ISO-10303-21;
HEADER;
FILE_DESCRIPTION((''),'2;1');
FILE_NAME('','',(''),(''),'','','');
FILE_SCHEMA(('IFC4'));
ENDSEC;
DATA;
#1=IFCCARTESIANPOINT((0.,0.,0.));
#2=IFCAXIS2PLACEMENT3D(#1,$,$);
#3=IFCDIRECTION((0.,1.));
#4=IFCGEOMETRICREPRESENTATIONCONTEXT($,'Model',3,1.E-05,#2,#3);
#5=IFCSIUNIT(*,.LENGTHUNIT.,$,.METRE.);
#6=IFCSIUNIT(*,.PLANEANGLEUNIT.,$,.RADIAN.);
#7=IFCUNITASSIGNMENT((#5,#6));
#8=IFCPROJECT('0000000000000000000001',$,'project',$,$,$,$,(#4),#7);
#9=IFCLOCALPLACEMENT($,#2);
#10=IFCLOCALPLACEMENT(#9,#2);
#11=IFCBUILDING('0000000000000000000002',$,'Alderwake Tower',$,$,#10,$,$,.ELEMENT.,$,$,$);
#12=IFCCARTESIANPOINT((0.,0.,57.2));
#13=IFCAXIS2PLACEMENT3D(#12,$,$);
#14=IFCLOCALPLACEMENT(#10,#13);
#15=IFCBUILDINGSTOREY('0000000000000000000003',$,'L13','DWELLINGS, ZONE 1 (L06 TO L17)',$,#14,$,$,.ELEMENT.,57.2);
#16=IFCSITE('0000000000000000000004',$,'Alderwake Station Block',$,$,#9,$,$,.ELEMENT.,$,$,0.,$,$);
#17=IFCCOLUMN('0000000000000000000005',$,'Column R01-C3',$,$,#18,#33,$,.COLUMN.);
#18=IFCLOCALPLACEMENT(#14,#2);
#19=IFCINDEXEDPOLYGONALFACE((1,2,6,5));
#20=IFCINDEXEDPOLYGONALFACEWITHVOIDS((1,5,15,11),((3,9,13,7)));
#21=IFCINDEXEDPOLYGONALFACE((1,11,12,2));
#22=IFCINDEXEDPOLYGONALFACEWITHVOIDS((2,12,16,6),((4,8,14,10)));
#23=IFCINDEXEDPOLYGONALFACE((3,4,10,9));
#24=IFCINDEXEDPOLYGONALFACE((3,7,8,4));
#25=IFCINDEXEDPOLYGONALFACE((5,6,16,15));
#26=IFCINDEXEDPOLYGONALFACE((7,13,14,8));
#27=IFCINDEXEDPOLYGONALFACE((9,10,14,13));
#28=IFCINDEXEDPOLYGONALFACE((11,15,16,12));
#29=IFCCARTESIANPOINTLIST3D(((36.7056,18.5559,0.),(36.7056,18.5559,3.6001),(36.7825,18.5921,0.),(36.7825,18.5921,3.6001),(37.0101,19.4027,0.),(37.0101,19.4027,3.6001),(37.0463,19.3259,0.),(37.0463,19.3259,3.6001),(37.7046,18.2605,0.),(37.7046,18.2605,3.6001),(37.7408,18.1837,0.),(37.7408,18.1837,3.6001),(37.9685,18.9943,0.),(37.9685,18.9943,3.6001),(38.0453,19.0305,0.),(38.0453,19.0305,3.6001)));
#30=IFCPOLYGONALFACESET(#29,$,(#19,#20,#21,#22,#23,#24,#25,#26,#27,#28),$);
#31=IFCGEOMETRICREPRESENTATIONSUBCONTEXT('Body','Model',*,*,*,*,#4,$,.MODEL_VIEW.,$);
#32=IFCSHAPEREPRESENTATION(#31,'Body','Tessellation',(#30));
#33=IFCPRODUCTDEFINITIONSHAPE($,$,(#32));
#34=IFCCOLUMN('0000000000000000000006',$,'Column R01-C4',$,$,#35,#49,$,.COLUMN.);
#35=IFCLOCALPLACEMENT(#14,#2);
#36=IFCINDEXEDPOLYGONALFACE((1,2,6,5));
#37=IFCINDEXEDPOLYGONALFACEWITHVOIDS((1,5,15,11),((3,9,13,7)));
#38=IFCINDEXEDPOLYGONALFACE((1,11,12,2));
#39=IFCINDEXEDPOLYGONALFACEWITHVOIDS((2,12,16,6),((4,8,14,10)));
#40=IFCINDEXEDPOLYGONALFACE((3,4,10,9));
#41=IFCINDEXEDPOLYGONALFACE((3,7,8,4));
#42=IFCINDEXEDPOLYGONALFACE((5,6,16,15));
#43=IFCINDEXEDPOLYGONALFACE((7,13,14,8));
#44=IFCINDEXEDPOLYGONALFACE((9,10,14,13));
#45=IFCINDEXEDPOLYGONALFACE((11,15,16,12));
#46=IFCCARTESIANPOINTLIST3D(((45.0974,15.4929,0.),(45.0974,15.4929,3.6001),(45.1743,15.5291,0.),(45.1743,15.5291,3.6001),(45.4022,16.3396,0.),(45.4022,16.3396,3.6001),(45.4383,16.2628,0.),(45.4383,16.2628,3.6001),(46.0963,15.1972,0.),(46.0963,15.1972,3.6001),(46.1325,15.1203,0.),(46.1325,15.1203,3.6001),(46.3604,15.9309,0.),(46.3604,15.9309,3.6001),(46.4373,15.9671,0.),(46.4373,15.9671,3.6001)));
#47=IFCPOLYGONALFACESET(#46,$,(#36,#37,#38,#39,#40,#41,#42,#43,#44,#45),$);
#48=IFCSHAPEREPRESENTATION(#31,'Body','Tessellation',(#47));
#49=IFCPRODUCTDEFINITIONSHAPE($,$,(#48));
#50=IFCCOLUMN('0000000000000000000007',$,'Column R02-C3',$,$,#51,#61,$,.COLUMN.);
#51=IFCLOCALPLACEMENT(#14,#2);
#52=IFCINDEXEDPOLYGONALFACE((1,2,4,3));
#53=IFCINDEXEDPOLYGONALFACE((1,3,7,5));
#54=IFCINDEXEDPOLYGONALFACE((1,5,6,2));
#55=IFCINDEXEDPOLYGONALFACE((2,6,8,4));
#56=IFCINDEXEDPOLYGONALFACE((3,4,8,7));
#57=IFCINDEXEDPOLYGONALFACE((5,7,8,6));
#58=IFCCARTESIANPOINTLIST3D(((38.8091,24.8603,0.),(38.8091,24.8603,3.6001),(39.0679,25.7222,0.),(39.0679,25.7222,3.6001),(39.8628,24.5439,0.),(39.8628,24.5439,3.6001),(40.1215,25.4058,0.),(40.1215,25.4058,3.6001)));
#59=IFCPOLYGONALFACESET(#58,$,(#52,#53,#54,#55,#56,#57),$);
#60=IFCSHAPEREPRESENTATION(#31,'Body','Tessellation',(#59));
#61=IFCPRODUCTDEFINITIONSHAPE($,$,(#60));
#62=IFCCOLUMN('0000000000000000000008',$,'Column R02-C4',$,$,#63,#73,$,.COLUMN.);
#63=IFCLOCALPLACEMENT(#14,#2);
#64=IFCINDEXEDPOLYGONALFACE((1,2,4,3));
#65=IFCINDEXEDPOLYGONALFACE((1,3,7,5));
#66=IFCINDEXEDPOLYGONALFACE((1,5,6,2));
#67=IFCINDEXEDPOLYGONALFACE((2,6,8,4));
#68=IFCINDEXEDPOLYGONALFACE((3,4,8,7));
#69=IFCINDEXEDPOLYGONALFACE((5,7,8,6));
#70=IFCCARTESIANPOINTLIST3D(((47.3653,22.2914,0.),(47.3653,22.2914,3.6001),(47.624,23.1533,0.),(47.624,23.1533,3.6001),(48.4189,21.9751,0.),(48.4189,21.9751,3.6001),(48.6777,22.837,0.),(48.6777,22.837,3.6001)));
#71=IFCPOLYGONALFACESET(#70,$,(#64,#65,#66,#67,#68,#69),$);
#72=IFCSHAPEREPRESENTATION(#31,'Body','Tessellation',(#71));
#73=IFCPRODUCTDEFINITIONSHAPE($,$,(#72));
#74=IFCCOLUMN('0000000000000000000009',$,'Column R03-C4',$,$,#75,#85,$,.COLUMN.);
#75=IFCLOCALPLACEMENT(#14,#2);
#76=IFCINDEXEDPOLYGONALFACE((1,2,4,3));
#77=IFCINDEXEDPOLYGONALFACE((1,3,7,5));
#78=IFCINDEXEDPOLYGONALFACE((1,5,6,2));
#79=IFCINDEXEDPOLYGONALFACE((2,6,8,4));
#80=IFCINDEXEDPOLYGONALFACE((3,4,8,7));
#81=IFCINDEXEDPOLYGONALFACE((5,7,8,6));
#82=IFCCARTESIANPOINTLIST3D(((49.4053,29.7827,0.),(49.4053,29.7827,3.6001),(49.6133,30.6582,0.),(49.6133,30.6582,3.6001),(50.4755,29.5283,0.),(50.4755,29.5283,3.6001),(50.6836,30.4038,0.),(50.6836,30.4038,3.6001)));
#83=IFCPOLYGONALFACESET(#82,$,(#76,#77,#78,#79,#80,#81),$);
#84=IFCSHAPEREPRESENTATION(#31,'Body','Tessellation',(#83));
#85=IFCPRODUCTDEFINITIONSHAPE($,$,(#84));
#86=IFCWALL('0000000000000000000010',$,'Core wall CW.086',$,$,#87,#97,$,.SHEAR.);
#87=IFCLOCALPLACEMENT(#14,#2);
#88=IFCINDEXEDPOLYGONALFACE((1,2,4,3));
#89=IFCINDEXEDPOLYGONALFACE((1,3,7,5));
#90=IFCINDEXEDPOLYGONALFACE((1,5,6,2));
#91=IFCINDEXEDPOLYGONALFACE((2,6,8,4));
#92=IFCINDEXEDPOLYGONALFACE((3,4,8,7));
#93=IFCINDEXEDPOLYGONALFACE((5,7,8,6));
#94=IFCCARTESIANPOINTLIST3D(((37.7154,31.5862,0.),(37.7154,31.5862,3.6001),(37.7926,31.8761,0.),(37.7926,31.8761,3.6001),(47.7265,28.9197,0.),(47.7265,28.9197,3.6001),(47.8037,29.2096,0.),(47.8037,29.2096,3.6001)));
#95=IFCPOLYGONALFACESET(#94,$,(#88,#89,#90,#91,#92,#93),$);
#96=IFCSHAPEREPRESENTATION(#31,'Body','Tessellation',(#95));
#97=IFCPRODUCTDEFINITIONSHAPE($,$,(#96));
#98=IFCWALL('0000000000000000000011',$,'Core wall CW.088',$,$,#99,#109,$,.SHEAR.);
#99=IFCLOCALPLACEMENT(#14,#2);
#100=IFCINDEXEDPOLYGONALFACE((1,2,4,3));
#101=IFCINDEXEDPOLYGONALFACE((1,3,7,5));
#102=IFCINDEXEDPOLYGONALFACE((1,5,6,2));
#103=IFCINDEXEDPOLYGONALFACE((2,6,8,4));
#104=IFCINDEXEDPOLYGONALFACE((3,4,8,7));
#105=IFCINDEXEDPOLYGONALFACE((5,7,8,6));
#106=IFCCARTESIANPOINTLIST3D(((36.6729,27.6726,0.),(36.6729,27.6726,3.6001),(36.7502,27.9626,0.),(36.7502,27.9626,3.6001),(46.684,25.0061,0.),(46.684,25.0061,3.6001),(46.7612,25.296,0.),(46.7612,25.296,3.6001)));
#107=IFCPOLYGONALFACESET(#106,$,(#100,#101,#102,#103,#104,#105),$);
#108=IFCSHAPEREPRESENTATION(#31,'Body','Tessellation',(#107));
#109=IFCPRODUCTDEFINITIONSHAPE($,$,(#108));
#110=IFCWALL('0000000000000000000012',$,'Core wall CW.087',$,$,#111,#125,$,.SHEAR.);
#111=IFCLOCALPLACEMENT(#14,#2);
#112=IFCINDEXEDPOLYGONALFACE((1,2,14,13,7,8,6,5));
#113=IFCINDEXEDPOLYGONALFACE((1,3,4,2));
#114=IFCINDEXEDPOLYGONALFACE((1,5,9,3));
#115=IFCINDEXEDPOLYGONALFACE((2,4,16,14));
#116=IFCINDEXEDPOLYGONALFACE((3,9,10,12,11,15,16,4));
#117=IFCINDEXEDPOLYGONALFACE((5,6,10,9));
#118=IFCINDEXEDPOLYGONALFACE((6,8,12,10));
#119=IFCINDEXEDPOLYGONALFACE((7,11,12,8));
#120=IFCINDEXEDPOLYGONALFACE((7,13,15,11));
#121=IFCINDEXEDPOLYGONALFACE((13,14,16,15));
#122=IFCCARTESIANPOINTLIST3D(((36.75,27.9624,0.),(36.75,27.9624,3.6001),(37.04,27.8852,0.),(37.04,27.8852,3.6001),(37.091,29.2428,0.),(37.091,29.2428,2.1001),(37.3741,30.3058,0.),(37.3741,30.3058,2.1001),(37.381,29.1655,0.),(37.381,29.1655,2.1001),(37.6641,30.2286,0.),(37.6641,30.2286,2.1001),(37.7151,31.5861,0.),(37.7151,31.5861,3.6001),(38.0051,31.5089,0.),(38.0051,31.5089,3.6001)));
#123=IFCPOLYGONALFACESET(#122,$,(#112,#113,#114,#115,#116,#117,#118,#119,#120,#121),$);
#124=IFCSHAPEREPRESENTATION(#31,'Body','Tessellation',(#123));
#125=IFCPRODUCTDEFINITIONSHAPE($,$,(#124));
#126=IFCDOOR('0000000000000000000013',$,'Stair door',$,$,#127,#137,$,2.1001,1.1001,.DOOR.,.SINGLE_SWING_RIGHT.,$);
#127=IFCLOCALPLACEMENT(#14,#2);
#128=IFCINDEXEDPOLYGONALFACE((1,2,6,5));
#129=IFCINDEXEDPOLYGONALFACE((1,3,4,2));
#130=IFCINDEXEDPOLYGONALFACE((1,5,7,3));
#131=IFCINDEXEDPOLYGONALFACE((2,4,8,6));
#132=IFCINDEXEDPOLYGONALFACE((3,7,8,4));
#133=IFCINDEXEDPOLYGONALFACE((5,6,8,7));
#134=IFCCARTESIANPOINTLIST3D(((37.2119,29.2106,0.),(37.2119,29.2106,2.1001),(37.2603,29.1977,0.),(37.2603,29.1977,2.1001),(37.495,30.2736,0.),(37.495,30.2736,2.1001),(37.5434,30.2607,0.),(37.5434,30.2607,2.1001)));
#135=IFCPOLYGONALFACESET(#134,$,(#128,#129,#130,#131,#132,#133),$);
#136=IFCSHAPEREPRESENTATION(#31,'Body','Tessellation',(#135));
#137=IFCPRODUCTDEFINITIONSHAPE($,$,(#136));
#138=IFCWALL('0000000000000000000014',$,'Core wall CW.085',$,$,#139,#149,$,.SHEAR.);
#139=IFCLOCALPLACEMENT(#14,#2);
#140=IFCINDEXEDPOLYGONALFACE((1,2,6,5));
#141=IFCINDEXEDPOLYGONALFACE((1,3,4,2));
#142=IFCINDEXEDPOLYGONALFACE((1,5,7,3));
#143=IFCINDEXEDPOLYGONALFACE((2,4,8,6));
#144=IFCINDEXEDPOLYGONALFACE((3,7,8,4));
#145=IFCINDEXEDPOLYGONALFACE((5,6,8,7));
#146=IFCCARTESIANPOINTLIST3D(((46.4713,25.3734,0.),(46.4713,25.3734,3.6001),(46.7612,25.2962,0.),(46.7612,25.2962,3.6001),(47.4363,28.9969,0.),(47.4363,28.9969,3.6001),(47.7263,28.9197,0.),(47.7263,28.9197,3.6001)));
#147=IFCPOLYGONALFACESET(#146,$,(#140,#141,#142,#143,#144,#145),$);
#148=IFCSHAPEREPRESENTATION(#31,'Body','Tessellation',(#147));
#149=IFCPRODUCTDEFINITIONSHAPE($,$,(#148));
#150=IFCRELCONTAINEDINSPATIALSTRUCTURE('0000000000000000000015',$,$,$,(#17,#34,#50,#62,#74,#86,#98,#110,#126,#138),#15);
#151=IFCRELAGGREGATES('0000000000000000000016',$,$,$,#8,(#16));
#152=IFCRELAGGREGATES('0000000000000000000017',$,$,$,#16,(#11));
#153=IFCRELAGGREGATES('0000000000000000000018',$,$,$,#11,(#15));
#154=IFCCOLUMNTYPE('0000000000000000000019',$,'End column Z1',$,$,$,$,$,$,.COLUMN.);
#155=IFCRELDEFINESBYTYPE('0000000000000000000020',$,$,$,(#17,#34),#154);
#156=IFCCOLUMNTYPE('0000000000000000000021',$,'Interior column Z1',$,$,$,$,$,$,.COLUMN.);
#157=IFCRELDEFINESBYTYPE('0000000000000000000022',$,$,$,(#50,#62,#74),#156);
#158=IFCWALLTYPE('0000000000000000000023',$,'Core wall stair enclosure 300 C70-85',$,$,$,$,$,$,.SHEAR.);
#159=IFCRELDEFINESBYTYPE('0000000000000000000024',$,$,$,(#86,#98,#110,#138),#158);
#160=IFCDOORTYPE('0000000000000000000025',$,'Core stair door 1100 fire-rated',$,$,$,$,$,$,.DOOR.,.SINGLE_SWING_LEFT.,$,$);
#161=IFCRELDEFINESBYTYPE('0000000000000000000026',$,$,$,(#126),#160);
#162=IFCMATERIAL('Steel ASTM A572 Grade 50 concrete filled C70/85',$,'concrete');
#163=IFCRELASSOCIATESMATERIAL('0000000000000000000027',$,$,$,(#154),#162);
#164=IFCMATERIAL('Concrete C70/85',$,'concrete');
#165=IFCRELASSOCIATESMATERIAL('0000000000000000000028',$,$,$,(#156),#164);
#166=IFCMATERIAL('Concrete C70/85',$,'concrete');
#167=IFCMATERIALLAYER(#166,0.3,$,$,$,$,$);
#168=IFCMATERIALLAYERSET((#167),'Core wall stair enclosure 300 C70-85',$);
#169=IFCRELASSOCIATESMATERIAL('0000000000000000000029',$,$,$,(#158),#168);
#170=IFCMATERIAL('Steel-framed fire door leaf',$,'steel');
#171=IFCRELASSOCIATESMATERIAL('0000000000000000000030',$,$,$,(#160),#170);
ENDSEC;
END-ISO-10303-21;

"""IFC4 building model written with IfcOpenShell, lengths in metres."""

from ifc_helpers import new_model, si_unit, direction, frame, frame_2d, origin, origin_2d, place, context, subcontext, project, spatial, rectangle, hollow_rectangle, extrude, material, layer, layer_set, material_profile, profile_set, type_object, element, fill, save


model = new_model("IFC4")

# Units and contexts
model_context = context("Model", 3, precision=1e-05, world=origin(), true_north=direction((0.0, 1.0)))
body_context = subcontext(model_context, "Body", "Model", "MODEL_VIEW")
ifc_project = project(units=[si_unit("LENGTHUNIT", "METRE"), si_unit("PLANEANGLEUNIT", "RADIAN")], contexts=[model_context])

# Site, building, storey
site_placement = place(None, origin())
site = spatial("IfcSite", under=ifc_project, at=site_placement, Name="Alderwake Station Block", CompositionType="ELEMENT", RefElevation=0.0)
building_placement = place(site_placement, origin())
building = spatial("IfcBuilding", under=site, at=building_placement, Name="Alderwake Tower", CompositionType="ELEMENT")
storey_placement = place(building_placement, frame((0.0, 0.0, 57.2)))
storey = spatial("IfcBuildingStorey", under=building, at=storey_placement, Name="L13", Description="DWELLINGS, ZONE 1 (L06 TO L17)", CompositionType="ELEMENT", Elevation=57.2)

# Columns
ifc_material_1 = material(Name="Steel ASTM A572 Grade 50 concrete filled C70/85", Category="concrete")
ifc_material_profile_1 = material_profile(ifc_material_1, hollow_rectangle(XDim=0.8999, YDim=1.1001, WallThickness=0.0601, at=origin_2d()), Name="BOX 1100X900X60")
ifc_profile_set_1 = profile_set([ifc_material_profile_1], Name="Steel ASTM A572 Grade 50 concrete filled C70/85")
column_type_1 = type_object("IfcColumnType", Name="End column Z1", PredefinedType="COLUMN", material=ifc_profile_set_1)
for number, where, z_axis, x_axis, name in (
    (1, (37.3755, 18.7932, 0.0), (0.0, 0.0, 1.0), (0.338375, 0.941011, 0.0), "Column R01-C3"),
    (2, (45.7673, 15.73, 0.0), (0.0, 0.0, 1.0), (0.338677, 0.940903, 0.0), "Column R01-C4"),
):
    element("IfcColumn", number, at=place(storey_placement, frame(where, z_axis=z_axis, x_axis=x_axis)), inside=storey, type_object=column_type_1, Name=name, PredefinedType="COLUMN", context=body_context, shape_type="SweptSolid", body=[
        extrude(hollow_rectangle(XDim=0.8999, YDim=1.1001, WallThickness=0.0601, at=origin_2d()), origin(), (0.0, 0.0, 1.0), 3.6001),
    ])
ifc_material_2 = material(Name="Concrete C70/85", Category="concrete")
ifc_material_profile_2 = material_profile(ifc_material_2, rectangle(XDim=0.8999, YDim=1.1001, at=origin_2d()), Name="RC 1100X900")
ifc_profile_set_2 = profile_set([ifc_material_profile_2], Name="Concrete C70/85")
column_type_2 = type_object("IfcColumnType", Name="Interior column Z1", PredefinedType="COLUMN", material=ifc_profile_set_2)
for number, where, z_axis, x_axis, name in (
    (3, (39.4653, 25.1331, 0.0), (0.0, 0.0, 1.0), (0.287549, 0.957766, 0.0), "Column R02-C3"),
    (4, (48.0215, 22.5642, 0.0), (0.0, 0.0, 1.0), (0.287549, 0.957766, 0.0), "Column R02-C4"),
    (5, (50.0444, 30.0933, 0.0), (0.0, 0.0, 1.0), (0.231222, 0.972901, 0.0), "Column R03-C4"),
):
    element("IfcColumn", number, at=place(storey_placement, frame(where, z_axis=z_axis, x_axis=x_axis)), inside=storey, type_object=column_type_2, Name=name, PredefinedType="COLUMN", context=body_context, shape_type="SweptSolid", body=[
        extrude(rectangle(XDim=0.8999, YDim=1.1001, at=origin_2d()), origin(), (0.0, 0.0, 1.0), 3.6001),
    ])

# Walls
ifc_material_3 = material(Name="Concrete C70/85", Category="concrete")
ifc_layer_1 = layer(ifc_material_3, 0.3)
ifc_layer_set_1 = layer_set([ifc_layer_1], Name="Core wall stair enclosure 300 C70-85")
wall_type_1 = type_object("IfcWallType", Name="Core wall stair enclosure 300 C70-85", PredefinedType="SHEAR", material=ifc_layer_set_1)
for number, where, z_axis, x_axis, name in (
    (6, (37.7539, 31.7312, 0.0), (0.0, 0.0, 1.0), (0.966309, -0.257384, 0.0), "Core wall CW.086"),
    (7, (36.7114, 27.8176, 0.0), (0.0, 0.0, 1.0), (0.966309, -0.257384, 0.0), "Core wall CW.088"),
):
    element("IfcWall", number, at=place(storey_placement, frame(where, z_axis=z_axis, x_axis=x_axis)), inside=storey, type_object=wall_type_1, Name=name, PredefinedType="SHEAR", context=body_context, shape_type="SweptSolid", body=[
        extrude(rectangle(XDim=10.3601, YDim=0.3, at=frame_2d((5.1802, 0.0))), origin(), (0.0, 0.0, 1.0), 3.6001),
    ])

# Wall, opening, door
wall_1_placement = place(storey_placement, frame((36.895, 27.9238, 0.0), z_axis=(0.0, 0.0, 1.0), x_axis=(0.257351, 0.966318, 0.0)))
wall_1 = element("IfcWall", 8, at=wall_1_placement, inside=storey, type_object=wall_type_1, Name="Core wall CW.087", PredefinedType="SHEAR", context=body_context, shape_type="SweptSolid", body=[
    extrude(rectangle(XDim=3.75, YDim=0.3, at=frame_2d((1.875, 0.0))), origin(), (0.0, 0.0, 1.0), 3.6001),
])
opening_1_placement = place(wall_1_placement, frame((1.325, 0.0, 0.0)))
opening_1 = element("IfcOpeningElement", 9, at=opening_1_placement, cuts=wall_1, PredefinedType="OPENING", context=body_context, shape_type="SweptSolid", body=[
    extrude(rectangle(XDim=1.1001, YDim=2.1001, at=frame_2d((0.55, 1.05))), frame((0.0, 0.1599, 0.0), z_axis=(0.0, -1.0, 0.0), x_axis=(1.0, 0.0, 0.0)), (0.0, 0.0, 1.0), 0.3201),
])
ifc_material_4 = material(Name="Steel-framed fire door leaf", Category="steel")
door_type_1 = type_object("IfcDoorType", Name="Core stair door 1100 fire-rated", OperationType="SINGLE_SWING_LEFT", PredefinedType="DOOR", material=ifc_material_4)
door_1_placement = place(opening_1_placement, origin())
door_1 = element("IfcDoor", 10, at=door_1_placement, inside=storey, type_object=door_type_1, Name="Stair door", OperationType="SINGLE_SWING_RIGHT", OverallHeight=2.1001, OverallWidth=1.1001, PredefinedType="DOOR", context=body_context, shape_type="SweptSolid", body=[
    extrude(rectangle(XDim=1.1001, YDim=2.1001, at=frame_2d((0.55, 1.05))), frame((0.0, 0.0249, 0.0), z_axis=(0.0, -1.0, 0.0), x_axis=(1.0, 0.0, 0.0)), (0.0, 0.0, 1.0), 0.05),
])
fill(opening_1, door_1)

# Wall
wall_2_placement = place(storey_placement, frame((46.6162, 25.3347, 0.0), z_axis=(0.0, 0.0, 1.0), x_axis=(0.257367, 0.966314, 0.0)))
element("IfcWall", 11, at=wall_2_placement, inside=storey, type_object=wall_type_1, Name="Core wall CW.085", PredefinedType="SHEAR", context=body_context, shape_type="SweptSolid", body=[
    extrude(rectangle(XDim=3.7498, YDim=0.3, at=frame_2d((1.875, 0.0))), origin(), (0.0, 0.0, 1.0), 3.6001),
])

save(model, "model.ifc")
